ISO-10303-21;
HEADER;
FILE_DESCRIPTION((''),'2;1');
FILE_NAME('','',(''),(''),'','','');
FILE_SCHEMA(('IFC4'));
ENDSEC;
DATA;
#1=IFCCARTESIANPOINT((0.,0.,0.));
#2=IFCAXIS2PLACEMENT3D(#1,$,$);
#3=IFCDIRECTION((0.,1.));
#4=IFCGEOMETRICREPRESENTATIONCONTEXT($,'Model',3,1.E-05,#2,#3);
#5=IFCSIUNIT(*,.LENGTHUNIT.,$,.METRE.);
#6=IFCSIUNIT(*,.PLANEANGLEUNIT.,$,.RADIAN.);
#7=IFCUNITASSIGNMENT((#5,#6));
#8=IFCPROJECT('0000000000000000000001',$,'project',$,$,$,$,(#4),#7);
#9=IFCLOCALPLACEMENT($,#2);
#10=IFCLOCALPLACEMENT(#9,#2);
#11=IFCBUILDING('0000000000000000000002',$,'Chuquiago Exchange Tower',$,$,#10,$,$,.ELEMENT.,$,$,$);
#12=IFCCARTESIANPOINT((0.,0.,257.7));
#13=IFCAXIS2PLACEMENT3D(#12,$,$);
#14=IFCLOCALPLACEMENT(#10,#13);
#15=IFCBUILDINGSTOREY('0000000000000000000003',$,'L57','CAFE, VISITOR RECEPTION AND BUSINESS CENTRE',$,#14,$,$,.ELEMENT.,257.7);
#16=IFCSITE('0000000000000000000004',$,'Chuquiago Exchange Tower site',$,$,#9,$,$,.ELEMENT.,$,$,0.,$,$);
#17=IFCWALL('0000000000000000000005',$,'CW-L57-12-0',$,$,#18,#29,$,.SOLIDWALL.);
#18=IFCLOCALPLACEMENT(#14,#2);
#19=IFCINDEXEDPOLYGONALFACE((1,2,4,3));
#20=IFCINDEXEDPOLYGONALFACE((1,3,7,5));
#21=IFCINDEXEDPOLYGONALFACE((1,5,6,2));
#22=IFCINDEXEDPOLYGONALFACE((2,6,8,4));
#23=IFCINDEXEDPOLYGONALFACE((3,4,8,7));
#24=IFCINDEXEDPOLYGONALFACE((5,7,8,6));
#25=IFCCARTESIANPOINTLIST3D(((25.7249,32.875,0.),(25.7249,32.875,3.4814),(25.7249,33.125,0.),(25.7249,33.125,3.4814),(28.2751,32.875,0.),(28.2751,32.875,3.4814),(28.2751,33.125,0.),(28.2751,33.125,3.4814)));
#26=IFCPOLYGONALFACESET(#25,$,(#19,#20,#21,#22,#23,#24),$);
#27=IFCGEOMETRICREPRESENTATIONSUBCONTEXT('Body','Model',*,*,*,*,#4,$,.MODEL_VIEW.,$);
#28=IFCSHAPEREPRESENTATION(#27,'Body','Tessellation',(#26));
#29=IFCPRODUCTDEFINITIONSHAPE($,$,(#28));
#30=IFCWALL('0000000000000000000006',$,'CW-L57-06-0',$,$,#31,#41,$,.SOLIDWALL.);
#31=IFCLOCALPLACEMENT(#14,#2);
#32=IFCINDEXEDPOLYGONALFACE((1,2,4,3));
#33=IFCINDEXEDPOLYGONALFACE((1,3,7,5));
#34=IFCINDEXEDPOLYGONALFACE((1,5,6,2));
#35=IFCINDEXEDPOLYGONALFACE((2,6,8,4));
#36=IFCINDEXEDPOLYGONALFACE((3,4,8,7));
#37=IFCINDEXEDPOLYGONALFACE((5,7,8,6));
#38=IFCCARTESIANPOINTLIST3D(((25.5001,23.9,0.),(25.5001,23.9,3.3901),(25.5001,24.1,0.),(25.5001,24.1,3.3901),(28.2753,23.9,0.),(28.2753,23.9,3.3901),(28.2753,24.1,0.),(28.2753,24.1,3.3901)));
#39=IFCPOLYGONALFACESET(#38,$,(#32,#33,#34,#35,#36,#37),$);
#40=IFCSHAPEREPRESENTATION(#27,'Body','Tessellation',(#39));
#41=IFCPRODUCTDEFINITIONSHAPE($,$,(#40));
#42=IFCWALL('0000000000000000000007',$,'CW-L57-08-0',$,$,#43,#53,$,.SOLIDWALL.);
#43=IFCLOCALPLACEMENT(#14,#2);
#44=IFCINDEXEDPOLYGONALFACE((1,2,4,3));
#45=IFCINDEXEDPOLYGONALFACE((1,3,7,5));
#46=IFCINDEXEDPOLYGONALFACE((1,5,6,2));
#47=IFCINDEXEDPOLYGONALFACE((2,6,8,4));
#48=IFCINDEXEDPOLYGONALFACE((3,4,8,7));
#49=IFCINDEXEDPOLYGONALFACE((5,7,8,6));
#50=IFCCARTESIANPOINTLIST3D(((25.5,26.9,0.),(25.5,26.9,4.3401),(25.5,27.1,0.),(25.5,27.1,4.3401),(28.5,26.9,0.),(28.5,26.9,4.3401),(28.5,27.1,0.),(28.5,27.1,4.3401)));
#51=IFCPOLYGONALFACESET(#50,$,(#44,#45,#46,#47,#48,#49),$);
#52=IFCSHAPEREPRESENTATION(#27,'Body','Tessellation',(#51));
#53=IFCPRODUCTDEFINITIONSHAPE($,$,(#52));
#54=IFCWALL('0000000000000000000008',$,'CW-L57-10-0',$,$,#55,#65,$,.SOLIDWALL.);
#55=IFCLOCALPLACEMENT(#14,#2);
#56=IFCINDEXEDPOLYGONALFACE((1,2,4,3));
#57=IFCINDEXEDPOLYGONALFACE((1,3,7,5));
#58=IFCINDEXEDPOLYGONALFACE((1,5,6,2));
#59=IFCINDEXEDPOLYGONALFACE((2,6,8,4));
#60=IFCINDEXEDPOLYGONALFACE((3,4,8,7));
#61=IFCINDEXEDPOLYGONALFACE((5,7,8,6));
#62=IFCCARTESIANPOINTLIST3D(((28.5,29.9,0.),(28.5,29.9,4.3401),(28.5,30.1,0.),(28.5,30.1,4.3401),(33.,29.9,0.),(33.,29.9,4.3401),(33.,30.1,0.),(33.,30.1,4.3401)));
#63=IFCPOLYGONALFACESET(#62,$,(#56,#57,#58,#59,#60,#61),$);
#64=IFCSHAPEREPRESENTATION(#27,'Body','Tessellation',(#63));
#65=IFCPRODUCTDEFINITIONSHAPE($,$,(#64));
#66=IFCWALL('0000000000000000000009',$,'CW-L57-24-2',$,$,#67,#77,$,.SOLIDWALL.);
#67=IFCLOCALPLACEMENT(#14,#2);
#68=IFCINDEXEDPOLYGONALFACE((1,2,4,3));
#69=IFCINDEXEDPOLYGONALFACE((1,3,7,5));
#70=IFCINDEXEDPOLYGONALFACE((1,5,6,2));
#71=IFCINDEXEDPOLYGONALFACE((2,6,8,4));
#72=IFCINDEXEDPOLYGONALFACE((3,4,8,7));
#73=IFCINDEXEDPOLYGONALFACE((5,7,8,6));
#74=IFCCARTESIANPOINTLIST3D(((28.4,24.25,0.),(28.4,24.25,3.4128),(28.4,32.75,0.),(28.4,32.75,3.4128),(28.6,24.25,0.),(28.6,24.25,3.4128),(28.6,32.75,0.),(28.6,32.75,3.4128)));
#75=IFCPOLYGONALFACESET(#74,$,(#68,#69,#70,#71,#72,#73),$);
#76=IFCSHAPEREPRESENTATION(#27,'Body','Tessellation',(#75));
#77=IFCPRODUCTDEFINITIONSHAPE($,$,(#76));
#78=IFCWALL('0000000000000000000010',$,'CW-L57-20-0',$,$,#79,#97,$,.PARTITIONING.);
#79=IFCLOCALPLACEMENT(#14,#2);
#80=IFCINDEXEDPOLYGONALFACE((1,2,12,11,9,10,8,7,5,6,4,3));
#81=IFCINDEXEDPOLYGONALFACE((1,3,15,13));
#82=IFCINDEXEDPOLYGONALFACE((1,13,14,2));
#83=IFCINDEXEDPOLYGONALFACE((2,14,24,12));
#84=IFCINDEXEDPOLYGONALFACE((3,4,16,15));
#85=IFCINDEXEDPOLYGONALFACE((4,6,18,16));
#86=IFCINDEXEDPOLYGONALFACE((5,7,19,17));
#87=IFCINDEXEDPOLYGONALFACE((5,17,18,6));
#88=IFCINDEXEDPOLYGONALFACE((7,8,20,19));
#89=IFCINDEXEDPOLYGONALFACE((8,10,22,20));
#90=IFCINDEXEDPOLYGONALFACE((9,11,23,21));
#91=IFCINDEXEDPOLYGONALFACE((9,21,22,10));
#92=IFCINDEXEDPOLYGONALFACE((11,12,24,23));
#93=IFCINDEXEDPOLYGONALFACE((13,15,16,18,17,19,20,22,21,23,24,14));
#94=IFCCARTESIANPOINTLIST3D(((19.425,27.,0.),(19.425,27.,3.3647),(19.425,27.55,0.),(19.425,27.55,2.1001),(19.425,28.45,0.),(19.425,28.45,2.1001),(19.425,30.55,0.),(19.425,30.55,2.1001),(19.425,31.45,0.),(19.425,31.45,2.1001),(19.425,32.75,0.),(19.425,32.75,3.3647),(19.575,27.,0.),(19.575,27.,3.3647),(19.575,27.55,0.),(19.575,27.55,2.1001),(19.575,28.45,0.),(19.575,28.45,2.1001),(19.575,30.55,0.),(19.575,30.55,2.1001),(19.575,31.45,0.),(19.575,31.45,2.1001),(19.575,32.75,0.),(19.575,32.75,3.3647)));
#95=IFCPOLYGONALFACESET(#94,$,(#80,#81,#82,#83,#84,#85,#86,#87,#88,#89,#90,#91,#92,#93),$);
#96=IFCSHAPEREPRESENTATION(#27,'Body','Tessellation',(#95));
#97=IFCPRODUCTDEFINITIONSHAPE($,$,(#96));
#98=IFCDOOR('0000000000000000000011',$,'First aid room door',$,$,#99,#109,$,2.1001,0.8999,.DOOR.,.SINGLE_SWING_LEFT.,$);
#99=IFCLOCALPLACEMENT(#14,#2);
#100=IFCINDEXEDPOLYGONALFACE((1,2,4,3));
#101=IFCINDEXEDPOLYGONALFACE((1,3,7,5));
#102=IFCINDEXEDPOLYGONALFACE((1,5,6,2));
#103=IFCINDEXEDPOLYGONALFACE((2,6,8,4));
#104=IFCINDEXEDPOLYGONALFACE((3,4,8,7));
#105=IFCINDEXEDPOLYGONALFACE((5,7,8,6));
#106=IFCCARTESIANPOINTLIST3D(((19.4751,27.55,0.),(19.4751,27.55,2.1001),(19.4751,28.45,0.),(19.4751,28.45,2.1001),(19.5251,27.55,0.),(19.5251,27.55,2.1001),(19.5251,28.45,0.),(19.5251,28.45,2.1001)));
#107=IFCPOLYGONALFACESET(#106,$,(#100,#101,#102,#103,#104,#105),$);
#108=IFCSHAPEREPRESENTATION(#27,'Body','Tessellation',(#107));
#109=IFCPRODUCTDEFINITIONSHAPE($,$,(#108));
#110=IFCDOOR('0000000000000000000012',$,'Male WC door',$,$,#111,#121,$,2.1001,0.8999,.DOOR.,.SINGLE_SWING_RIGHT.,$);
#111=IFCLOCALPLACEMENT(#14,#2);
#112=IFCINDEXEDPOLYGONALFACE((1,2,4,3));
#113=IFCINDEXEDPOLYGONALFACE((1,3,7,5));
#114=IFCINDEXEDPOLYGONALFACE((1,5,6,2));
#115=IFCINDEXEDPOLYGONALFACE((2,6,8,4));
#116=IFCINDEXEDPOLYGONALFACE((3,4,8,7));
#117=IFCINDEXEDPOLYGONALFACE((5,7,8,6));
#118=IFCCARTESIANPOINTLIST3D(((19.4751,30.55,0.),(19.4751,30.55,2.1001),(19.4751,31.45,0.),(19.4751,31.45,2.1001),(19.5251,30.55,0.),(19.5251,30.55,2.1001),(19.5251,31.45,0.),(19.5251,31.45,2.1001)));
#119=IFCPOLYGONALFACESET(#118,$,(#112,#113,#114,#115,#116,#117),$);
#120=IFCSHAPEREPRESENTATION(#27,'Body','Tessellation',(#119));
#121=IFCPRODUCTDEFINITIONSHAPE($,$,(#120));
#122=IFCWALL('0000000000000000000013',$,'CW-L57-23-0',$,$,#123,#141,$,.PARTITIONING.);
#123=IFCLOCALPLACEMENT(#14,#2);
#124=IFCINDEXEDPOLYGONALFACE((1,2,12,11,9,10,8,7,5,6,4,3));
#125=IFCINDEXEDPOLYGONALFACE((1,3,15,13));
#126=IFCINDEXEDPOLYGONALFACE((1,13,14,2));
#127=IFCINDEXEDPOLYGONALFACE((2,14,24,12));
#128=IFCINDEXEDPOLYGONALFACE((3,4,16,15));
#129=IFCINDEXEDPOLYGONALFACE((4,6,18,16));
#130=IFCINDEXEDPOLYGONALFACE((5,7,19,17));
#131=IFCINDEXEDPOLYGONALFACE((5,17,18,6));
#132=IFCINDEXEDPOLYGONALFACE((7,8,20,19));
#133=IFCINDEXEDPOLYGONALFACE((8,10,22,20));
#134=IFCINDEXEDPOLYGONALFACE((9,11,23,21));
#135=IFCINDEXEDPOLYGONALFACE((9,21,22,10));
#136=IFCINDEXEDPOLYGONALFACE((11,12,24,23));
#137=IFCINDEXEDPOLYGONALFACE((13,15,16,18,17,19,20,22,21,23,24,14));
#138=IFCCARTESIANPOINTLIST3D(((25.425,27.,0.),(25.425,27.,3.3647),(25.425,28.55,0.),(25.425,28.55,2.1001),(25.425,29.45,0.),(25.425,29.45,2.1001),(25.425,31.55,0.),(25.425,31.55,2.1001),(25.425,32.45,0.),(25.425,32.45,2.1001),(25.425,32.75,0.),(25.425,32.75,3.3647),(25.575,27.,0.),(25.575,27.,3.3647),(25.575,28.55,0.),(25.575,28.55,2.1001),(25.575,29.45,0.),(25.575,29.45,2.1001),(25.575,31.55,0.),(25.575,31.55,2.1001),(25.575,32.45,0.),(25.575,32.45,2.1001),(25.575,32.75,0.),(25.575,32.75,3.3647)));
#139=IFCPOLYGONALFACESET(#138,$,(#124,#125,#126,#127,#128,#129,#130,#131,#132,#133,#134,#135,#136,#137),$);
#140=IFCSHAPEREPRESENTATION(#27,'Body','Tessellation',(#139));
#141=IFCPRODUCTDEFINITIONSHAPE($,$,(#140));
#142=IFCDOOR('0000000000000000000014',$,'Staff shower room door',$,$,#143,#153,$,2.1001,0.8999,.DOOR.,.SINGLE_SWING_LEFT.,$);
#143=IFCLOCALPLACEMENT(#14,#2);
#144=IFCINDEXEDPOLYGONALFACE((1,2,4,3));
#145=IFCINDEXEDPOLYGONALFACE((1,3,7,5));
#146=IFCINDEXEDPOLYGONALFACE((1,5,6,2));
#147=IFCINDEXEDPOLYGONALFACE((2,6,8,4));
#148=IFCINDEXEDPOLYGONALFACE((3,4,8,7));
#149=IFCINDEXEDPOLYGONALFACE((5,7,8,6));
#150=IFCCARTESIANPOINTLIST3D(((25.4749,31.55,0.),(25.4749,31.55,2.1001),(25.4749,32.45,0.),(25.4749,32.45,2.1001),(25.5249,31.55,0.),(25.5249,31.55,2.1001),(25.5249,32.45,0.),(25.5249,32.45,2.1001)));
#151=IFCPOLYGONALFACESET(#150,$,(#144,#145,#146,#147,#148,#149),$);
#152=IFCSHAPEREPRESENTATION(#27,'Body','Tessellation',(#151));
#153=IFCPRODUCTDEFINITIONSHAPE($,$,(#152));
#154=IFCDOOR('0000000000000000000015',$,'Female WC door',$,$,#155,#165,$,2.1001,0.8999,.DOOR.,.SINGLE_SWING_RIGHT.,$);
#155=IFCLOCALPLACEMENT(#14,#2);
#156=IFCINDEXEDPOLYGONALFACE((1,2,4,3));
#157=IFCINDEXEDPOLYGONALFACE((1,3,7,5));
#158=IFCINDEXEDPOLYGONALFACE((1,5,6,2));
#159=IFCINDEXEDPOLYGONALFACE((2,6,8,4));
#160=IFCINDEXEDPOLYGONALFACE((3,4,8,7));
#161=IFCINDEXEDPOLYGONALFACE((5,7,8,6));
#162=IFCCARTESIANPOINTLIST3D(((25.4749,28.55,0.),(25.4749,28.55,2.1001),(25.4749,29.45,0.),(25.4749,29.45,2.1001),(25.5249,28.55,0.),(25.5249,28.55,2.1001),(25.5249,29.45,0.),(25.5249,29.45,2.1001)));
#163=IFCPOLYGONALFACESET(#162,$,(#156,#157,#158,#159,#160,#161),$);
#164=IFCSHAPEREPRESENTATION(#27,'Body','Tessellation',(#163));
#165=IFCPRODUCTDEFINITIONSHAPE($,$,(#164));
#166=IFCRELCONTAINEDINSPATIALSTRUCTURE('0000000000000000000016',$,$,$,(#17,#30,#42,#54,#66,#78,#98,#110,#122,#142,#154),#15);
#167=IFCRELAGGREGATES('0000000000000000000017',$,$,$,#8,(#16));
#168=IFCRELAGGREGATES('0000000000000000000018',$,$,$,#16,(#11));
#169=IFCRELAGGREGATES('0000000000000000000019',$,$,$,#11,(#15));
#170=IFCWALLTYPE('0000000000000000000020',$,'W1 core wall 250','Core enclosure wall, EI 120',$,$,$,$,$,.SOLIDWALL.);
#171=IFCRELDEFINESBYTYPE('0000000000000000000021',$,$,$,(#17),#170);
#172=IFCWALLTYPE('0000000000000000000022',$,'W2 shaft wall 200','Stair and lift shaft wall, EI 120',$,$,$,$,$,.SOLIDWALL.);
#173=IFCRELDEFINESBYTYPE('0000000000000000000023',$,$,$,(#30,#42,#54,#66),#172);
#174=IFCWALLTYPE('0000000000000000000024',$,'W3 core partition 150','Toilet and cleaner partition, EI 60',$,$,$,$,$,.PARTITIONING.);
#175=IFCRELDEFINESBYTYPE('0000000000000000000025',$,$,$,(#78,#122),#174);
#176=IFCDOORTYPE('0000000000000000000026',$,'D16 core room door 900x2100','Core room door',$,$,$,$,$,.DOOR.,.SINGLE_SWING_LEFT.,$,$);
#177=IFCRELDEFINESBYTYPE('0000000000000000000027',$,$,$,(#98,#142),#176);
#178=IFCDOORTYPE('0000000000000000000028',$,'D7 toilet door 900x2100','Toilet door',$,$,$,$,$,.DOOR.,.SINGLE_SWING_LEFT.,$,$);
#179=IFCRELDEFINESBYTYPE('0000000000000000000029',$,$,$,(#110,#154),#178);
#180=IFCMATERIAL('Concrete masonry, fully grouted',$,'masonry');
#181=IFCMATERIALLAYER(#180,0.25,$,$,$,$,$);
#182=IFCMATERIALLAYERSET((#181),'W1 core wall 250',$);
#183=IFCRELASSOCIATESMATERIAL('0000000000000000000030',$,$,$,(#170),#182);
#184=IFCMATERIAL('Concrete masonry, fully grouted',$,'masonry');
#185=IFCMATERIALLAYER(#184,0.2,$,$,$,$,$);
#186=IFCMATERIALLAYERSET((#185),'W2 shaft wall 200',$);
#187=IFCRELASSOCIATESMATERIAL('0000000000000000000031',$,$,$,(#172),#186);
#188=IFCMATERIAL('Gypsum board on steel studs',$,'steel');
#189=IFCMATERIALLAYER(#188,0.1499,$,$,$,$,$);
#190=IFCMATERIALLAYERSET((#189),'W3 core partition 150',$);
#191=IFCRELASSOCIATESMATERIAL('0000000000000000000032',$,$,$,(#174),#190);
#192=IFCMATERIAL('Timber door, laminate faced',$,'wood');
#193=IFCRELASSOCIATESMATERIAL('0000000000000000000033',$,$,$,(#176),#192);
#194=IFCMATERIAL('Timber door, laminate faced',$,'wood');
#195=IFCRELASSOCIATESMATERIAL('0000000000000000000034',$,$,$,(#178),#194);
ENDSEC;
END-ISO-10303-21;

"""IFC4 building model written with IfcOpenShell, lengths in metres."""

from ifc_helpers import new_model, si_unit, direction, frame, frame_2d, origin, place, context, subcontext, project, spatial, rectangle, extrude, material, layer, layer_set, type_object, element, fill, save


model = new_model("IFC4")

# Units and contexts
model_context = context("Model", 3, precision=1e-05, world=origin(), true_north=direction((0.0, 1.0)))
body_context = subcontext(model_context, "Body", "Model", "MODEL_VIEW")
ifc_project = project(units=[si_unit("LENGTHUNIT", "METRE"), si_unit("PLANEANGLEUNIT", "RADIAN")], contexts=[model_context])

# Site, building, storey
site_placement = place(None, origin())
site = spatial("IfcSite", under=ifc_project, at=site_placement, Name="Chuquiago Exchange Tower site", CompositionType="ELEMENT", RefElevation=0.0)
building_placement = place(site_placement, origin())
building = spatial("IfcBuilding", under=site, at=building_placement, Name="Chuquiago Exchange Tower", CompositionType="ELEMENT")
storey_placement = place(building_placement, frame((0.0, 0.0, 257.7)))
storey = spatial("IfcBuildingStorey", under=building, at=storey_placement, Name="L57", Description="CAFE, VISITOR RECEPTION AND BUSINESS CENTRE", CompositionType="ELEMENT", Elevation=257.7)

# Walls
ifc_material_1 = material(Name="Concrete masonry, fully grouted", Category="masonry")
ifc_layer_1 = layer(ifc_material_1, 0.25)
ifc_layer_set_1 = layer_set([ifc_layer_1], Name="W1 core wall 250")
wall_type_1 = type_object("IfcWallType", Name="W1 core wall 250", Description="Core enclosure wall, EI 120", PredefinedType="SOLIDWALL", material=ifc_layer_set_1)
wall_1_placement = place(storey_placement, frame((25.7249, 33.0, 0.0), z_axis=(0.0, 0.0, 1.0), x_axis=(1.0, 0.0, 0.0)))
element("IfcWall", 1, at=wall_1_placement, inside=storey, type_object=wall_type_1, Name="CW-L57-12-0", PredefinedType="SOLIDWALL", context=body_context, shape_type="SweptSolid", body=[
    extrude(rectangle(XDim=2.5503, YDim=0.25, at=frame_2d((1.2751, 0.0))), origin(), (0.0, 0.0, 1.0), 3.4814),
])
ifc_material_2 = material(Name="Concrete masonry, fully grouted", Category="masonry")
ifc_layer_2 = layer(ifc_material_2, 0.2)
ifc_layer_set_2 = layer_set([ifc_layer_2], Name="W2 shaft wall 200")
wall_type_2 = type_object("IfcWallType", Name="W2 shaft wall 200", Description="Stair and lift shaft wall, EI 120", PredefinedType="SOLIDWALL", material=ifc_layer_set_2)
wall_2_placement = place(storey_placement, frame((25.5, 24.0, 0.0), z_axis=(0.0, 0.0, 1.0), x_axis=(1.0, 0.0, 0.0)))
element("IfcWall", 2, at=wall_2_placement, inside=storey, type_object=wall_type_2, Name="CW-L57-06-0", PredefinedType="SOLIDWALL", context=body_context, shape_type="SweptSolid", body=[
    extrude(rectangle(XDim=2.7751, YDim=0.2, at=frame_2d((1.3877, 0.0))), origin(), (0.0, 0.0, 1.0), 3.3901),
])
wall_3_placement = place(storey_placement, frame((25.5, 27.0, 0.0), z_axis=(0.0, 0.0, 1.0), x_axis=(1.0, 0.0, 0.0)))
element("IfcWall", 3, at=wall_3_placement, inside=storey, type_object=wall_type_2, Name="CW-L57-08-0", PredefinedType="SOLIDWALL", context=body_context, shape_type="SweptSolid", body=[
    extrude(rectangle(XDim=3.0, YDim=0.2, at=frame_2d((1.5, 0.0))), origin(), (0.0, 0.0, 1.0), 4.3401),
])
wall_4_placement = place(storey_placement, frame((28.5, 30.0, 0.0), z_axis=(0.0, 0.0, 1.0), x_axis=(1.0, 0.0, 0.0)))
element("IfcWall", 4, at=wall_4_placement, inside=storey, type_object=wall_type_2, Name="CW-L57-10-0", PredefinedType="SOLIDWALL", context=body_context, shape_type="SweptSolid", body=[
    extrude(rectangle(XDim=4.5, YDim=0.2, at=frame_2d((2.25, 0.0))), origin(), (0.0, 0.0, 1.0), 4.3401),
])
wall_5_placement = place(storey_placement, frame((28.5, 24.25, 0.0), z_axis=(0.0, 0.0, 1.0), x_axis=(0.0, 1.0, 0.0)))
element("IfcWall", 5, at=wall_5_placement, inside=storey, type_object=wall_type_2, Name="CW-L57-24-2", PredefinedType="SOLIDWALL", context=body_context, shape_type="SweptSolid", body=[
    extrude(rectangle(XDim=8.5, YDim=0.2, at=frame_2d((4.25, 0.0))), origin(), (0.0, 0.0, 1.0), 3.4128),
])

# Walls, openings, doors
ifc_material_3 = material(Name="Gypsum board on steel studs", Category="steel")
ifc_layer_3 = layer(ifc_material_3, 0.1499)
ifc_layer_set_3 = layer_set([ifc_layer_3], Name="W3 core partition 150")
wall_type_3 = type_object("IfcWallType", Name="W3 core partition 150", Description="Toilet and cleaner partition, EI 60", PredefinedType="PARTITIONING", material=ifc_layer_set_3)
wall_6_placement = place(storey_placement, frame((19.5, 27.0, 0.0), z_axis=(0.0, 0.0, 1.0), x_axis=(0.0, 1.0, 0.0)))
wall_6 = element("IfcWall", 6, at=wall_6_placement, inside=storey, type_object=wall_type_3, Name="CW-L57-20-0", PredefinedType="PARTITIONING", context=body_context, shape_type="SweptSolid", body=[
    extrude(rectangle(XDim=5.75, YDim=0.1499, at=frame_2d((2.875, 0.0))), origin(), (0.0, 0.0, 1.0), 3.3647),
])
opening_1_placement = place(wall_6_placement, frame((0.55, 0.0, 0.0)))
opening_1 = element("IfcOpeningElement", 7, at=opening_1_placement, cuts=wall_6, PredefinedType="OPENING", context=body_context, shape_type="SweptSolid", body=[
    extrude(rectangle(XDim=0.8999, YDim=2.1001, at=frame_2d((0.45, 1.05))), frame((0.0, 0.085, 0.0), z_axis=(0.0, -1.0, 0.0), x_axis=(1.0, 0.0, 0.0)), (0.0, 0.0, 1.0), 0.1699),
])
opening_2_placement = place(wall_6_placement, frame((3.55, 0.0, 0.0)))
opening_2 = element("IfcOpeningElement", 8, at=opening_2_placement, cuts=wall_6, PredefinedType="OPENING", context=body_context, shape_type="SweptSolid", body=[
    extrude(rectangle(XDim=0.8999, YDim=2.1001, at=frame_2d((0.45, 1.05))), frame((0.0, 0.085, 0.0), z_axis=(0.0, -1.0, 0.0), x_axis=(1.0, 0.0, 0.0)), (0.0, 0.0, 1.0), 0.1699),
])
ifc_material_4 = material(Name="Timber door, laminate faced", Category="wood")
door_type_1 = type_object("IfcDoorType", Name="D16 core room door 900x2100", Description="Core room door", OperationType="SINGLE_SWING_LEFT", PredefinedType="DOOR", material=ifc_material_4)
door_1_placement = place(opening_1_placement, origin())
door_1 = element("IfcDoor", 9, at=door_1_placement, inside=storey, type_object=door_type_1, Name="First aid room door", OperationType="SINGLE_SWING_LEFT", OverallHeight=2.1001, OverallWidth=0.8999, PredefinedType="DOOR", context=body_context, shape_type="SweptSolid", body=[
    extrude(rectangle(XDim=0.8999, YDim=2.1001, at=frame_2d((0.45, 1.05))), frame((0.0, 0.0249, 0.0), z_axis=(0.0, -1.0, 0.0), x_axis=(1.0, 0.0, 0.0)), (0.0, 0.0, 1.0), 0.05),
])
fill(opening_1, door_1)
ifc_material_5 = material(Name="Timber door, laminate faced", Category="wood")
door_type_2 = type_object("IfcDoorType", Name="D7 toilet door 900x2100", Description="Toilet door", OperationType="SINGLE_SWING_LEFT", PredefinedType="DOOR", material=ifc_material_5)
door_2_placement = place(opening_2_placement, origin())
door_2 = element("IfcDoor", 10, at=door_2_placement, inside=storey, type_object=door_type_2, Name="Male WC door", OperationType="SINGLE_SWING_RIGHT", OverallHeight=2.1001, OverallWidth=0.8999, PredefinedType="DOOR", context=body_context, shape_type="SweptSolid", body=[
    extrude(rectangle(XDim=0.8999, YDim=2.1001, at=frame_2d((0.45, 1.05))), frame((0.0, 0.0249, 0.0), z_axis=(0.0, -1.0, 0.0), x_axis=(1.0, 0.0, 0.0)), (0.0, 0.0, 1.0), 0.05),
])
fill(opening_2, door_2)
wall_7_placement = place(storey_placement, frame((25.5, 27.0, 0.0), z_axis=(0.0, 0.0, 1.0), x_axis=(0.0, 1.0, 0.0)))
wall_7 = element("IfcWall", 11, at=wall_7_placement, inside=storey, type_object=wall_type_3, Name="CW-L57-23-0", PredefinedType="PARTITIONING", context=body_context, shape_type="SweptSolid", body=[
    extrude(rectangle(XDim=5.75, YDim=0.1499, at=frame_2d((2.875, 0.0))), origin(), (0.0, 0.0, 1.0), 3.3647),
])
opening_3_placement = place(wall_7_placement, frame((1.55, 0.0, 0.0)))
opening_3 = element("IfcOpeningElement", 12, at=opening_3_placement, cuts=wall_7, PredefinedType="OPENING", context=body_context, shape_type="SweptSolid", body=[
    extrude(rectangle(XDim=0.8999, YDim=2.1001, at=frame_2d((0.45, 1.05))), frame((0.0, 0.085, 0.0), z_axis=(0.0, -1.0, 0.0), x_axis=(1.0, 0.0, 0.0)), (0.0, 0.0, 1.0), 0.1699),
])
opening_4_placement = place(wall_7_placement, frame((4.55, 0.0, 0.0)))
opening_4 = element("IfcOpeningElement", 13, at=opening_4_placement, cuts=wall_7, PredefinedType="OPENING", context=body_context, shape_type="SweptSolid", body=[
    extrude(rectangle(XDim=0.8999, YDim=2.1001, at=frame_2d((0.45, 1.05))), frame((0.0, 0.085, 0.0), z_axis=(0.0, -1.0, 0.0), x_axis=(1.0, 0.0, 0.0)), (0.0, 0.0, 1.0), 0.1699),
])
door_3_placement = place(opening_4_placement, frame((0.8999, 0.0, 0.0), z_axis=(0.0, 0.0, 1.0), x_axis=(-1.0, 0.0, 0.0)))
door_3 = element("IfcDoor", 14, at=door_3_placement, inside=storey, type_object=door_type_1, Name="Staff shower room door", OperationType="SINGLE_SWING_LEFT", OverallHeight=2.1001, OverallWidth=0.8999, PredefinedType="DOOR", context=body_context, shape_type="SweptSolid", body=[
    extrude(rectangle(XDim=0.8999, YDim=2.1001, at=frame_2d((0.45, 1.05))), frame((0.0, 0.0249, 0.0), z_axis=(0.0, -1.0, 0.0), x_axis=(1.0, 0.0, 0.0)), (0.0, 0.0, 1.0), 0.05),
])
fill(opening_4, door_3)
door_4_placement = place(opening_3_placement, frame((0.8999, 0.0, 0.0), z_axis=(0.0, 0.0, 1.0), x_axis=(-1.0, 0.0, 0.0)))
door_4 = element("IfcDoor", 15, at=door_4_placement, inside=storey, type_object=door_type_2, Name="Female WC door", OperationType="SINGLE_SWING_RIGHT", OverallHeight=2.1001, OverallWidth=0.8999, PredefinedType="DOOR", context=body_context, shape_type="SweptSolid", body=[
    extrude(rectangle(XDim=0.8999, YDim=2.1001, at=frame_2d((0.45, 1.05))), frame((0.0, 0.0249, 0.0), z_axis=(0.0, -1.0, 0.0), x_axis=(1.0, 0.0, 0.0)), (0.0, 0.0, 1.0), 0.05),
])
fill(opening_3, door_4)

save(model, "model.ifc")
